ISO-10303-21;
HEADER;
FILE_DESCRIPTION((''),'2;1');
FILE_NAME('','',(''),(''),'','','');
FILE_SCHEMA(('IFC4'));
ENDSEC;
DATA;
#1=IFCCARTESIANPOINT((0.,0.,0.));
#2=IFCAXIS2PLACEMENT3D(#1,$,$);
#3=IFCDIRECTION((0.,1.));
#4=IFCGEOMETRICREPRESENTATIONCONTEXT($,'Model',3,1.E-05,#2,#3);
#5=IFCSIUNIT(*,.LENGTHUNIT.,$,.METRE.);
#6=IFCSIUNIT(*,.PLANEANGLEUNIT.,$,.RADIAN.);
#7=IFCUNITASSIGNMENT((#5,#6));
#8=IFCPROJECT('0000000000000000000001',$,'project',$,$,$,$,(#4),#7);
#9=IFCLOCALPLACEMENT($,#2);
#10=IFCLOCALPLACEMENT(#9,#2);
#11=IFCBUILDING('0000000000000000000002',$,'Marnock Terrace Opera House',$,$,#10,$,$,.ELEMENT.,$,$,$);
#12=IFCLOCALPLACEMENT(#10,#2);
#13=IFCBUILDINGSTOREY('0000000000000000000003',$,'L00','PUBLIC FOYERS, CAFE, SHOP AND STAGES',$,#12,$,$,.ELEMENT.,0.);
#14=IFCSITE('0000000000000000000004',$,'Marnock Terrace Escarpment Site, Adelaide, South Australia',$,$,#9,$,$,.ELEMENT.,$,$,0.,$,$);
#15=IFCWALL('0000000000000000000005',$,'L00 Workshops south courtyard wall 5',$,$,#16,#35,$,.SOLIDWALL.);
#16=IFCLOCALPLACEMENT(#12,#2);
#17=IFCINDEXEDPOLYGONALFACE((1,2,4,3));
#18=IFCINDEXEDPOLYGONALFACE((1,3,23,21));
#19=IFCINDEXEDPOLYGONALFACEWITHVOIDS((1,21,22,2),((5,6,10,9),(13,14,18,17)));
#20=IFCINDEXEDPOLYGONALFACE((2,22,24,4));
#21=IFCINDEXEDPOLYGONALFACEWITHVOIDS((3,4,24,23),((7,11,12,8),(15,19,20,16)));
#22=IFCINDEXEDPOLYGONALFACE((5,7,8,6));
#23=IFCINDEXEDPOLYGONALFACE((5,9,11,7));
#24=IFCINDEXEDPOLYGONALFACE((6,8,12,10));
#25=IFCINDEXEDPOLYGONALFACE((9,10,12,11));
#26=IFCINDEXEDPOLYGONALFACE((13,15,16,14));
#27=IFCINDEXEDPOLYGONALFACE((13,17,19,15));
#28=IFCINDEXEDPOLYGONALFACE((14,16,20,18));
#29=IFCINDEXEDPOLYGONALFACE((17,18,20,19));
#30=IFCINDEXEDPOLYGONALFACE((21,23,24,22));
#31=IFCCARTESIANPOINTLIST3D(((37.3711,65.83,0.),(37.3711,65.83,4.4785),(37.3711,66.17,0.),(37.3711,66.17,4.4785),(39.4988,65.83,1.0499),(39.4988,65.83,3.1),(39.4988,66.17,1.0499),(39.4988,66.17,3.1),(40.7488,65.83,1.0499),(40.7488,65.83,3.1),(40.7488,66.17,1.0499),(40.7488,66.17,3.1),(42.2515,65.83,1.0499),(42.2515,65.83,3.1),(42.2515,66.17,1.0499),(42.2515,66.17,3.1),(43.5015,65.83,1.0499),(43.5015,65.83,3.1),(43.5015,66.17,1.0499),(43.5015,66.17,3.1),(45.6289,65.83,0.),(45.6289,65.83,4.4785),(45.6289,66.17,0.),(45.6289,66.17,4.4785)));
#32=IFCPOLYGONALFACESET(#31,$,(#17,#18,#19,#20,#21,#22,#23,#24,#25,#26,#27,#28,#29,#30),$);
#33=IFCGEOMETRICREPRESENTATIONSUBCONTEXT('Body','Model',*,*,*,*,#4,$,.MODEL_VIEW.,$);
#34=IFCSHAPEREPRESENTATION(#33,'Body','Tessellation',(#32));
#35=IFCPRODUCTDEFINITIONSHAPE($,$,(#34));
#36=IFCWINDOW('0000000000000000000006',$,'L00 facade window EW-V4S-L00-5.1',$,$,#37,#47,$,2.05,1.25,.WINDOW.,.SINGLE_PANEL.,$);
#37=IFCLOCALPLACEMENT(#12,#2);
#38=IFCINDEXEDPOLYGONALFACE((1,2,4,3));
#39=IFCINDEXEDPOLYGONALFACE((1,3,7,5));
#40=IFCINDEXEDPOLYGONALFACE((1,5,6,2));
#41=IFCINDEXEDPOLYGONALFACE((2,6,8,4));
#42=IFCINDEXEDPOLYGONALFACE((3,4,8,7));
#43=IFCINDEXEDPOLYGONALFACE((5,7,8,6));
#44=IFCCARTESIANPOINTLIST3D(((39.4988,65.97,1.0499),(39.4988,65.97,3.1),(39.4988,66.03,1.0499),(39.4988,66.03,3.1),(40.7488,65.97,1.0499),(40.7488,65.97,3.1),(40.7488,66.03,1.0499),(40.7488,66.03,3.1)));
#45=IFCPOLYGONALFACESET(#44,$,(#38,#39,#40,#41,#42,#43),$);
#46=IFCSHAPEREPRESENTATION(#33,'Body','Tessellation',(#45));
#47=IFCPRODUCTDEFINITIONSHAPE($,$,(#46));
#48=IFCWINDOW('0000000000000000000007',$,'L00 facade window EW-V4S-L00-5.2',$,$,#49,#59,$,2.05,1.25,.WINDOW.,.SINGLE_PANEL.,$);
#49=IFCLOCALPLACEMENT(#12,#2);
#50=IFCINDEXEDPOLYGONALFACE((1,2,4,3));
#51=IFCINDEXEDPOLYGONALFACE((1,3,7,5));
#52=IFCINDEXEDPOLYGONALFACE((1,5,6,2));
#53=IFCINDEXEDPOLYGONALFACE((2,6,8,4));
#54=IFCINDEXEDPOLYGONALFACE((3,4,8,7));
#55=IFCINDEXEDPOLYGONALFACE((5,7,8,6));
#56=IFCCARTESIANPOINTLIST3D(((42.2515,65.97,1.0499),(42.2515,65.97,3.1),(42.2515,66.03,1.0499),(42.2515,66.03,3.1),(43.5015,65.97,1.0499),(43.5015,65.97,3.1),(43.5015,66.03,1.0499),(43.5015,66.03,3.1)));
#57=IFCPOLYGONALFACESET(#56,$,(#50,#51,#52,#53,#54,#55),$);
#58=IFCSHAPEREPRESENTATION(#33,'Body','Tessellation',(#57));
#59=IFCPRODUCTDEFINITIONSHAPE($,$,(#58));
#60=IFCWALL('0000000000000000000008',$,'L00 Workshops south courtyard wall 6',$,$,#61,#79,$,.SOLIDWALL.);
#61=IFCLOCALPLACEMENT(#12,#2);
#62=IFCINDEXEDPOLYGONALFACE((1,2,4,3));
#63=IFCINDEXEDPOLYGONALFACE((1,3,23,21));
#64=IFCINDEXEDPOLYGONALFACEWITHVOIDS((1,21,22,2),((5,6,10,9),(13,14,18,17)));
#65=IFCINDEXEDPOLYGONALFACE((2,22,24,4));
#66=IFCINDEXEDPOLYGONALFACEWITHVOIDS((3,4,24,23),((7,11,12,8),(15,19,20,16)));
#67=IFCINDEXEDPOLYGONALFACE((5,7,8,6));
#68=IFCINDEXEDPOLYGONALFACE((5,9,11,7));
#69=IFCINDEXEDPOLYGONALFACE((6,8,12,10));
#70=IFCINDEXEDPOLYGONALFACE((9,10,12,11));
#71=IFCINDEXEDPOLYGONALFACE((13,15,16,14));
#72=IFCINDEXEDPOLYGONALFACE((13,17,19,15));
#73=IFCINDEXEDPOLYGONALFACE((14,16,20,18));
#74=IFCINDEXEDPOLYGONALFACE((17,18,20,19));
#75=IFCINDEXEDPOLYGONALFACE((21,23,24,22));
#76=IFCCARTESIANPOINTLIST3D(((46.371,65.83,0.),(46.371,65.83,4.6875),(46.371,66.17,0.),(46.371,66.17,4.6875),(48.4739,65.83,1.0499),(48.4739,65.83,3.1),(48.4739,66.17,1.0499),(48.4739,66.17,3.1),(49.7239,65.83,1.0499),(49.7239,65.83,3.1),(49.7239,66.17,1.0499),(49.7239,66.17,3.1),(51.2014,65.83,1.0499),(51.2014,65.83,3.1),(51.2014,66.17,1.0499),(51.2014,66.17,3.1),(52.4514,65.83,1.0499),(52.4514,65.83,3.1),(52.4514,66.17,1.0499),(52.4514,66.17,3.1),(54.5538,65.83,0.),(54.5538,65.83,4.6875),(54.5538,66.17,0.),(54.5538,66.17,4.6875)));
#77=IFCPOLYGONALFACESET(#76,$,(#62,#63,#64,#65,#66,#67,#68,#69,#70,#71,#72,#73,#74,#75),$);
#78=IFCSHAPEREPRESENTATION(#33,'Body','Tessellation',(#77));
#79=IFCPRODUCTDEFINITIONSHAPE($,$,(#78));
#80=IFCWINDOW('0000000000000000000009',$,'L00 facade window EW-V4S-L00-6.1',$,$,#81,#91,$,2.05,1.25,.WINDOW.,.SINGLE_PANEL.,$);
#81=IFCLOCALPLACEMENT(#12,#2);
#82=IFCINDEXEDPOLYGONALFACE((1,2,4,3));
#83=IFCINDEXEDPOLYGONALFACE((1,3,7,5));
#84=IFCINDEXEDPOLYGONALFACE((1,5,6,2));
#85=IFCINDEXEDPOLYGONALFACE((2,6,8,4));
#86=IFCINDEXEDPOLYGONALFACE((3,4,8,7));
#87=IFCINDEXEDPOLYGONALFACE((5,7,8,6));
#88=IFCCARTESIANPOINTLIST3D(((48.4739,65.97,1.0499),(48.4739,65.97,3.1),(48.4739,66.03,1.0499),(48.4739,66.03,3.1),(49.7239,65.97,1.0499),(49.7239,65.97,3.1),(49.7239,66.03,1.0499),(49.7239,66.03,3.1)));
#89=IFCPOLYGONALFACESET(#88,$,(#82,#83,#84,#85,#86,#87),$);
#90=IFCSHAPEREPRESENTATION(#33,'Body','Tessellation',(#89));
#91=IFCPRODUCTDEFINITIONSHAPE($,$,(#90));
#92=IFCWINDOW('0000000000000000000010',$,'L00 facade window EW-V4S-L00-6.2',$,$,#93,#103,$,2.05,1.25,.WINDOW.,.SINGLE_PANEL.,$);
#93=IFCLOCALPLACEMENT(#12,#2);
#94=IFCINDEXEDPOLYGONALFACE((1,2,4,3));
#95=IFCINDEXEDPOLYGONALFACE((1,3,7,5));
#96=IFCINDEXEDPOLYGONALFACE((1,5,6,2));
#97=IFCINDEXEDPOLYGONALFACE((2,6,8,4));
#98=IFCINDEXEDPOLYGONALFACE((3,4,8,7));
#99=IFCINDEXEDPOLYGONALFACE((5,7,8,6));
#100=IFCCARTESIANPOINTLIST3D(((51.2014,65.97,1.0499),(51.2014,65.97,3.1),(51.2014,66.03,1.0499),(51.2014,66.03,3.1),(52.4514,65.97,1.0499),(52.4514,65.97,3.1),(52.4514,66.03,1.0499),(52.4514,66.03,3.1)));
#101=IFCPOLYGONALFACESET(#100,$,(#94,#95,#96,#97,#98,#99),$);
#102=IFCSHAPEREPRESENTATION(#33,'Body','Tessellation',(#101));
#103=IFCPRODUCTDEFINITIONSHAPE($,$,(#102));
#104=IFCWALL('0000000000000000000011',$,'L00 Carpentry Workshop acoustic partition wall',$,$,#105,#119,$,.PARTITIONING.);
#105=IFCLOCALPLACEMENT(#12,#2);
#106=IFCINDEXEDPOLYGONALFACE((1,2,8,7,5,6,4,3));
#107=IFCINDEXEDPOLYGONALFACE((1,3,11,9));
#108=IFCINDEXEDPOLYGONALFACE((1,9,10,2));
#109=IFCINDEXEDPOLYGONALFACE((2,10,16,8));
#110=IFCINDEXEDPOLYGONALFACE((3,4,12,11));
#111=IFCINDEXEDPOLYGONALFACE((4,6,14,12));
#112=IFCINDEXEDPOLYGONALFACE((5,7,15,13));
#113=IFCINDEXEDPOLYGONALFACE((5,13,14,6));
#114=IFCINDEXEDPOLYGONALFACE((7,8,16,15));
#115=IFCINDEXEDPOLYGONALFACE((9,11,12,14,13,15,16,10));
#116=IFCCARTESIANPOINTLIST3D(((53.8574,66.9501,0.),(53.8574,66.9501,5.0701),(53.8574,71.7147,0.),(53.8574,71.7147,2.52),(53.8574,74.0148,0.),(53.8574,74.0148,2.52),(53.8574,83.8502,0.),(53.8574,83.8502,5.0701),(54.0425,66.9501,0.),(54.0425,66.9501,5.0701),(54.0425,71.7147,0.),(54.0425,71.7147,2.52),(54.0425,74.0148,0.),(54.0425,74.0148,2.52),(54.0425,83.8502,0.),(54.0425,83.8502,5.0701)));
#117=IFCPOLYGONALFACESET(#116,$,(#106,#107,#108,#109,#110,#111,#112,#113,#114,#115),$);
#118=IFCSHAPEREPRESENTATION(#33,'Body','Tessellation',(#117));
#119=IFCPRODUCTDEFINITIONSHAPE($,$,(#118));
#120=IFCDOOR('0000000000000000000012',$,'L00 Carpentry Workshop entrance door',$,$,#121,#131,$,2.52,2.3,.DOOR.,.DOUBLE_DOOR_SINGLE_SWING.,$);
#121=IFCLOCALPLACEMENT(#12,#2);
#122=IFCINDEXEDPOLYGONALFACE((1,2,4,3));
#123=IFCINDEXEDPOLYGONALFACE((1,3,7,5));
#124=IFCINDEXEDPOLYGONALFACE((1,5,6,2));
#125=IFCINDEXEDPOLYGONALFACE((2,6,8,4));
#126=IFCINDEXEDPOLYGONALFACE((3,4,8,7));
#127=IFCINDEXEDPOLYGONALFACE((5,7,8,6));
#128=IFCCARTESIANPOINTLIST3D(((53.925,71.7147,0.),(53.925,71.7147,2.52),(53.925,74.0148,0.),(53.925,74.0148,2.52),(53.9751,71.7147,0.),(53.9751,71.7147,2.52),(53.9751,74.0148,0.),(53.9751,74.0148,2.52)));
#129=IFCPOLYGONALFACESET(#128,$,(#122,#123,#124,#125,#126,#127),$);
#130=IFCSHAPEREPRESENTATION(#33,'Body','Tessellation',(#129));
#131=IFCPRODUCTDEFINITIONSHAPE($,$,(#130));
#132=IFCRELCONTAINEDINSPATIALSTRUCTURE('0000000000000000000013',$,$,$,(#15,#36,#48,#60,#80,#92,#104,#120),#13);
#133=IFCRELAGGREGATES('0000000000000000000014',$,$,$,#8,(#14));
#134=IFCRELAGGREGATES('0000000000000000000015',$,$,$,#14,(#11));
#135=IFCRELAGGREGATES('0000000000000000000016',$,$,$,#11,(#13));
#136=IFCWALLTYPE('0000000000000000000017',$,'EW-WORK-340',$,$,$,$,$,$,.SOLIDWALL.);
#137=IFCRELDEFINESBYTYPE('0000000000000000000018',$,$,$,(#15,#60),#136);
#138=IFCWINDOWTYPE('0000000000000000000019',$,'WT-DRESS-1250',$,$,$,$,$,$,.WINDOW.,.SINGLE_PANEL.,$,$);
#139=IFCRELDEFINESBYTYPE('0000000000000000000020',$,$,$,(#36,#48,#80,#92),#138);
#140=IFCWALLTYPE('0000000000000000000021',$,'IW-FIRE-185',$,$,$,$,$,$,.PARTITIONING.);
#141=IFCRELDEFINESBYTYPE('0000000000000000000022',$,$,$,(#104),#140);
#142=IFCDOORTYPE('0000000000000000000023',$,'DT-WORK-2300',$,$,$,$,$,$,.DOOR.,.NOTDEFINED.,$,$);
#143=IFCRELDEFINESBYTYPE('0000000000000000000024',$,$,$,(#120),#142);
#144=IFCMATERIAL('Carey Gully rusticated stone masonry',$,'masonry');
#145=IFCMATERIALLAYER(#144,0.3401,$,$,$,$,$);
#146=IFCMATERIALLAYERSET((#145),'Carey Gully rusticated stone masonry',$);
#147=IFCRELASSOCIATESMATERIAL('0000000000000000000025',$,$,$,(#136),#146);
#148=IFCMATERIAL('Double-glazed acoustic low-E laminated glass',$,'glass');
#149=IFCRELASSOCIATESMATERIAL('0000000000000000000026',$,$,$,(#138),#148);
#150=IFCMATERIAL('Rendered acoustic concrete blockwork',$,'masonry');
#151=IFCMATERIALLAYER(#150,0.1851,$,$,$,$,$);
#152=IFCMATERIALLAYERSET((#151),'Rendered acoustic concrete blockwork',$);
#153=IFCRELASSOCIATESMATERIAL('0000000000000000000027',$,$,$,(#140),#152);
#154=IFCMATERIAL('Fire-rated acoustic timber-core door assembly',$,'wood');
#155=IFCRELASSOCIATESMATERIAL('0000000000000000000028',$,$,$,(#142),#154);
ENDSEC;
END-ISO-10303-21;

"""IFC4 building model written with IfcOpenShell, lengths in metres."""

from ifc_helpers import new_model, si_unit, direction, frame, frame_2d, origin, place, context, subcontext, project, spatial, rectangle, extrude, material, layer, layer_set, type_object, element, fill, save


model = new_model("IFC4")

# Units and contexts
model_context = context("Model", 3, precision=1e-05, world=origin(), true_north=direction((0.0, 1.0)))
body_context = subcontext(model_context, "Body", "Model", "MODEL_VIEW")
ifc_project = project(units=[si_unit("LENGTHUNIT", "METRE"), si_unit("PLANEANGLEUNIT", "RADIAN")], contexts=[model_context])

# Site, building, storey
site_placement = place(None, origin())
site = spatial("IfcSite", under=ifc_project, at=site_placement, Name="Marnock Terrace Escarpment Site, Adelaide, South Australia", CompositionType="ELEMENT", RefElevation=0.0)
building_placement = place(site_placement, origin())
building = spatial("IfcBuilding", under=site, at=building_placement, Name="Marnock Terrace Opera House", CompositionType="ELEMENT")
storey_placement = place(building_placement, origin())
storey = spatial("IfcBuildingStorey", under=building, at=storey_placement, Name="L00", Description="PUBLIC FOYERS, CAFE, SHOP AND STAGES", CompositionType="ELEMENT", Elevation=0.0)

# Walls, openings, windows
ifc_material_1 = material(Name="Carey Gully rusticated stone masonry", Category="masonry")
ifc_layer_1 = layer(ifc_material_1, 0.3401)
ifc_layer_set_1 = layer_set([ifc_layer_1], Name="Carey Gully rusticated stone masonry")
wall_type_1 = type_object("IfcWallType", Name="EW-WORK-340", PredefinedType="SOLIDWALL", material=ifc_layer_set_1)
wall_1_placement = place(storey_placement, frame((37.3711, 66.0, 0.0), z_axis=(0.0, 0.0, 1.0), x_axis=(1.0, 0.0, 0.0)))
wall_1 = element("IfcWall", 1, at=wall_1_placement, inside=storey, type_object=wall_type_1, Name="L00 Workshops south courtyard wall 5", PredefinedType="SOLIDWALL", context=body_context, shape_type="SweptSolid", body=[
    extrude(rectangle(XDim=8.2578, YDim=0.3401, at=frame_2d((4.1289, 0.0))), origin(), (0.0, 0.0, 1.0), 4.4785),
])
opening_1_placement = place(wall_1_placement, frame((2.1277, 0.0, 1.05)))
opening_1 = element("IfcOpeningElement", 2, at=opening_1_placement, cuts=wall_1, PredefinedType="OPENING", context=body_context, shape_type="SweptSolid", body=[
    extrude(rectangle(XDim=1.25, YDim=2.05, at=frame_2d((0.625, 1.0249))), frame((0.0, 0.1799, 0.0), z_axis=(0.0, -1.0, 0.0), x_axis=(1.0, 0.0, 0.0)), (0.0, 0.0, 1.0), 0.3601),
])
opening_2_placement = place(wall_1_placement, frame((4.8804, 0.0, 1.05)))
opening_2 = element("IfcOpeningElement", 3, at=opening_2_placement, cuts=wall_1, PredefinedType="OPENING", context=body_context, shape_type="SweptSolid", body=[
    extrude(rectangle(XDim=1.25, YDim=2.05, at=frame_2d((0.625, 1.0249))), frame((0.0, 0.1799, 0.0), z_axis=(0.0, -1.0, 0.0), x_axis=(1.0, 0.0, 0.0)), (0.0, 0.0, 1.0), 0.3601),
])
ifc_material_2 = material(Name="Double-glazed acoustic low-E laminated glass", Category="glass")
window_type = type_object("IfcWindowType", Name="WT-DRESS-1250", PartitioningType="SINGLE_PANEL", PredefinedType="WINDOW", material=ifc_material_2)
window_1_placement = place(opening_1_placement, origin())
window_1 = element("IfcWindow", 4, at=window_1_placement, inside=storey, type_object=window_type, Name="L00 facade window EW-V4S-L00-5.1", OverallHeight=2.05, OverallWidth=1.25, PartitioningType="SINGLE_PANEL", PredefinedType="WINDOW", context=body_context, shape_type="SweptSolid", body=[
    extrude(rectangle(XDim=1.25, YDim=2.05, at=frame_2d((0.625, 1.0249))), frame((0.0, 0.03, 0.0), z_axis=(0.0, -1.0, 0.0), x_axis=(1.0, 0.0, 0.0)), (0.0, 0.0, 1.0), 0.0601),
])
fill(opening_1, window_1)
window_2_placement = place(opening_2_placement, origin())
window_2 = element("IfcWindow", 5, at=window_2_placement, inside=storey, type_object=window_type, Name="L00 facade window EW-V4S-L00-5.2", OverallHeight=2.05, OverallWidth=1.25, PartitioningType="SINGLE_PANEL", PredefinedType="WINDOW", context=body_context, shape_type="SweptSolid", body=[
    extrude(rectangle(XDim=1.25, YDim=2.05, at=frame_2d((0.625, 1.0249))), frame((0.0, 0.03, 0.0), z_axis=(0.0, -1.0, 0.0), x_axis=(1.0, 0.0, 0.0)), (0.0, 0.0, 1.0), 0.0601),
])
fill(opening_2, window_2)
wall_2_placement = place(storey_placement, frame((46.3711, 66.0, 0.0), z_axis=(0.0, 0.0, 1.0), x_axis=(1.0, 0.0, 0.0)))
wall_2 = element("IfcWall", 6, at=wall_2_placement, inside=storey, type_object=wall_type_1, Name="L00 Workshops south courtyard wall 6", PredefinedType="SOLIDWALL", context=body_context, shape_type="SweptSolid", body=[
    extrude(rectangle(XDim=8.1829, YDim=0.3401, at=frame_2d((4.0913, 0.0))), origin(), (0.0, 0.0, 1.0), 4.6875),
])
opening_3_placement = place(wall_2_placement, frame((2.1028, 0.0, 1.05)))
opening_3 = element("IfcOpeningElement", 7, at=opening_3_placement, cuts=wall_2, PredefinedType="OPENING", context=body_context, shape_type="SweptSolid", body=[
    extrude(rectangle(XDim=1.25, YDim=2.05, at=frame_2d((0.625, 1.0249))), frame((0.0, 0.1799, 0.0), z_axis=(0.0, -1.0, 0.0), x_axis=(1.0, 0.0, 0.0)), (0.0, 0.0, 1.0), 0.3601),
])
opening_4_placement = place(wall_2_placement, frame((4.8303, 0.0, 1.05)))
opening_4 = element("IfcOpeningElement", 8, at=opening_4_placement, cuts=wall_2, PredefinedType="OPENING", context=body_context, shape_type="SweptSolid", body=[
    extrude(rectangle(XDim=1.25, YDim=2.05, at=frame_2d((0.625, 1.0249))), frame((0.0, 0.1799, 0.0), z_axis=(0.0, -1.0, 0.0), x_axis=(1.0, 0.0, 0.0)), (0.0, 0.0, 1.0), 0.3601),
])
window_3_placement = place(opening_3_placement, origin())
window_3 = element("IfcWindow", 9, at=window_3_placement, inside=storey, type_object=window_type, Name="L00 facade window EW-V4S-L00-6.1", OverallHeight=2.05, OverallWidth=1.25, PartitioningType="SINGLE_PANEL", PredefinedType="WINDOW", context=body_context, shape_type="SweptSolid", body=[
    extrude(rectangle(XDim=1.25, YDim=2.05, at=frame_2d((0.625, 1.0249))), frame((0.0, 0.03, 0.0), z_axis=(0.0, -1.0, 0.0), x_axis=(1.0, 0.0, 0.0)), (0.0, 0.0, 1.0), 0.0601),
])
fill(opening_3, window_3)
window_4_placement = place(opening_4_placement, origin())
window_4 = element("IfcWindow", 10, at=window_4_placement, inside=storey, type_object=window_type, Name="L00 facade window EW-V4S-L00-6.2", OverallHeight=2.05, OverallWidth=1.25, PartitioningType="SINGLE_PANEL", PredefinedType="WINDOW", context=body_context, shape_type="SweptSolid", body=[
    extrude(rectangle(XDim=1.25, YDim=2.05, at=frame_2d((0.625, 1.0249))), frame((0.0, 0.03, 0.0), z_axis=(0.0, -1.0, 0.0), x_axis=(1.0, 0.0, 0.0)), (0.0, 0.0, 1.0), 0.0601),
])
fill(opening_4, window_4)

# Wall, opening, door
ifc_material_3 = material(Name="Rendered acoustic concrete blockwork", Category="masonry")
ifc_layer_2 = layer(ifc_material_3, 0.1851)
ifc_layer_set_2 = layer_set([ifc_layer_2], Name="Rendered acoustic concrete blockwork")
wall_type_2 = type_object("IfcWallType", Name="IW-FIRE-185", PredefinedType="PARTITIONING", material=ifc_layer_set_2)
wall_3_placement = place(storey_placement, frame((53.95, 66.95, 0.0), z_axis=(0.0, 0.0, 1.0), x_axis=(0.0, 1.0, 0.0)))
wall_3 = element("IfcWall", 11, at=wall_3_placement, inside=storey, type_object=wall_type_2, Name="L00 Carpentry Workshop acoustic partition wall", PredefinedType="PARTITIONING", context=body_context, shape_type="SweptSolid", body=[
    extrude(rectangle(XDim=16.9001, YDim=0.1851, at=frame_2d((8.4502, 0.0))), origin(), (0.0, 0.0, 1.0), 5.0701),
])
opening_5_placement = place(wall_3_placement, frame((4.7649, 0.0, 0.0)))
opening_5 = element("IfcOpeningElement", 12, at=opening_5_placement, cuts=wall_3, PredefinedType="OPENING", context=body_context, shape_type="SweptSolid", body=[
    extrude(rectangle(XDim=2.3, YDim=2.52, at=frame_2d((1.1499, 1.26))), frame((0.0, 0.1025, 0.0), z_axis=(0.0, -1.0, 0.0), x_axis=(1.0, 0.0, 0.0)), (0.0, 0.0, 1.0), 0.2051),
])
ifc_material_4 = material(Name="Fire-rated acoustic timber-core door assembly", Category="wood")
door_type = type_object("IfcDoorType", Name="DT-WORK-2300", OperationType="NOTDEFINED", PredefinedType="DOOR", material=ifc_material_4)
door_placement = place(opening_5_placement, origin())
door = element("IfcDoor", 13, at=door_placement, inside=storey, type_object=door_type, Name="L00 Carpentry Workshop entrance door", OperationType="DOUBLE_DOOR_SINGLE_SWING", OverallHeight=2.52, OverallWidth=2.3, PredefinedType="DOOR", context=body_context, shape_type="SweptSolid", body=[
    extrude(rectangle(XDim=2.3, YDim=2.52, at=frame_2d((1.1499, 1.26))), frame((0.0, 0.0249, 0.0), z_axis=(0.0, -1.0, 0.0), x_axis=(1.0, 0.0, 0.0)), (0.0, 0.0, 1.0), 0.05),
])
fill(opening_5, door)

save(model, "model.ifc")
